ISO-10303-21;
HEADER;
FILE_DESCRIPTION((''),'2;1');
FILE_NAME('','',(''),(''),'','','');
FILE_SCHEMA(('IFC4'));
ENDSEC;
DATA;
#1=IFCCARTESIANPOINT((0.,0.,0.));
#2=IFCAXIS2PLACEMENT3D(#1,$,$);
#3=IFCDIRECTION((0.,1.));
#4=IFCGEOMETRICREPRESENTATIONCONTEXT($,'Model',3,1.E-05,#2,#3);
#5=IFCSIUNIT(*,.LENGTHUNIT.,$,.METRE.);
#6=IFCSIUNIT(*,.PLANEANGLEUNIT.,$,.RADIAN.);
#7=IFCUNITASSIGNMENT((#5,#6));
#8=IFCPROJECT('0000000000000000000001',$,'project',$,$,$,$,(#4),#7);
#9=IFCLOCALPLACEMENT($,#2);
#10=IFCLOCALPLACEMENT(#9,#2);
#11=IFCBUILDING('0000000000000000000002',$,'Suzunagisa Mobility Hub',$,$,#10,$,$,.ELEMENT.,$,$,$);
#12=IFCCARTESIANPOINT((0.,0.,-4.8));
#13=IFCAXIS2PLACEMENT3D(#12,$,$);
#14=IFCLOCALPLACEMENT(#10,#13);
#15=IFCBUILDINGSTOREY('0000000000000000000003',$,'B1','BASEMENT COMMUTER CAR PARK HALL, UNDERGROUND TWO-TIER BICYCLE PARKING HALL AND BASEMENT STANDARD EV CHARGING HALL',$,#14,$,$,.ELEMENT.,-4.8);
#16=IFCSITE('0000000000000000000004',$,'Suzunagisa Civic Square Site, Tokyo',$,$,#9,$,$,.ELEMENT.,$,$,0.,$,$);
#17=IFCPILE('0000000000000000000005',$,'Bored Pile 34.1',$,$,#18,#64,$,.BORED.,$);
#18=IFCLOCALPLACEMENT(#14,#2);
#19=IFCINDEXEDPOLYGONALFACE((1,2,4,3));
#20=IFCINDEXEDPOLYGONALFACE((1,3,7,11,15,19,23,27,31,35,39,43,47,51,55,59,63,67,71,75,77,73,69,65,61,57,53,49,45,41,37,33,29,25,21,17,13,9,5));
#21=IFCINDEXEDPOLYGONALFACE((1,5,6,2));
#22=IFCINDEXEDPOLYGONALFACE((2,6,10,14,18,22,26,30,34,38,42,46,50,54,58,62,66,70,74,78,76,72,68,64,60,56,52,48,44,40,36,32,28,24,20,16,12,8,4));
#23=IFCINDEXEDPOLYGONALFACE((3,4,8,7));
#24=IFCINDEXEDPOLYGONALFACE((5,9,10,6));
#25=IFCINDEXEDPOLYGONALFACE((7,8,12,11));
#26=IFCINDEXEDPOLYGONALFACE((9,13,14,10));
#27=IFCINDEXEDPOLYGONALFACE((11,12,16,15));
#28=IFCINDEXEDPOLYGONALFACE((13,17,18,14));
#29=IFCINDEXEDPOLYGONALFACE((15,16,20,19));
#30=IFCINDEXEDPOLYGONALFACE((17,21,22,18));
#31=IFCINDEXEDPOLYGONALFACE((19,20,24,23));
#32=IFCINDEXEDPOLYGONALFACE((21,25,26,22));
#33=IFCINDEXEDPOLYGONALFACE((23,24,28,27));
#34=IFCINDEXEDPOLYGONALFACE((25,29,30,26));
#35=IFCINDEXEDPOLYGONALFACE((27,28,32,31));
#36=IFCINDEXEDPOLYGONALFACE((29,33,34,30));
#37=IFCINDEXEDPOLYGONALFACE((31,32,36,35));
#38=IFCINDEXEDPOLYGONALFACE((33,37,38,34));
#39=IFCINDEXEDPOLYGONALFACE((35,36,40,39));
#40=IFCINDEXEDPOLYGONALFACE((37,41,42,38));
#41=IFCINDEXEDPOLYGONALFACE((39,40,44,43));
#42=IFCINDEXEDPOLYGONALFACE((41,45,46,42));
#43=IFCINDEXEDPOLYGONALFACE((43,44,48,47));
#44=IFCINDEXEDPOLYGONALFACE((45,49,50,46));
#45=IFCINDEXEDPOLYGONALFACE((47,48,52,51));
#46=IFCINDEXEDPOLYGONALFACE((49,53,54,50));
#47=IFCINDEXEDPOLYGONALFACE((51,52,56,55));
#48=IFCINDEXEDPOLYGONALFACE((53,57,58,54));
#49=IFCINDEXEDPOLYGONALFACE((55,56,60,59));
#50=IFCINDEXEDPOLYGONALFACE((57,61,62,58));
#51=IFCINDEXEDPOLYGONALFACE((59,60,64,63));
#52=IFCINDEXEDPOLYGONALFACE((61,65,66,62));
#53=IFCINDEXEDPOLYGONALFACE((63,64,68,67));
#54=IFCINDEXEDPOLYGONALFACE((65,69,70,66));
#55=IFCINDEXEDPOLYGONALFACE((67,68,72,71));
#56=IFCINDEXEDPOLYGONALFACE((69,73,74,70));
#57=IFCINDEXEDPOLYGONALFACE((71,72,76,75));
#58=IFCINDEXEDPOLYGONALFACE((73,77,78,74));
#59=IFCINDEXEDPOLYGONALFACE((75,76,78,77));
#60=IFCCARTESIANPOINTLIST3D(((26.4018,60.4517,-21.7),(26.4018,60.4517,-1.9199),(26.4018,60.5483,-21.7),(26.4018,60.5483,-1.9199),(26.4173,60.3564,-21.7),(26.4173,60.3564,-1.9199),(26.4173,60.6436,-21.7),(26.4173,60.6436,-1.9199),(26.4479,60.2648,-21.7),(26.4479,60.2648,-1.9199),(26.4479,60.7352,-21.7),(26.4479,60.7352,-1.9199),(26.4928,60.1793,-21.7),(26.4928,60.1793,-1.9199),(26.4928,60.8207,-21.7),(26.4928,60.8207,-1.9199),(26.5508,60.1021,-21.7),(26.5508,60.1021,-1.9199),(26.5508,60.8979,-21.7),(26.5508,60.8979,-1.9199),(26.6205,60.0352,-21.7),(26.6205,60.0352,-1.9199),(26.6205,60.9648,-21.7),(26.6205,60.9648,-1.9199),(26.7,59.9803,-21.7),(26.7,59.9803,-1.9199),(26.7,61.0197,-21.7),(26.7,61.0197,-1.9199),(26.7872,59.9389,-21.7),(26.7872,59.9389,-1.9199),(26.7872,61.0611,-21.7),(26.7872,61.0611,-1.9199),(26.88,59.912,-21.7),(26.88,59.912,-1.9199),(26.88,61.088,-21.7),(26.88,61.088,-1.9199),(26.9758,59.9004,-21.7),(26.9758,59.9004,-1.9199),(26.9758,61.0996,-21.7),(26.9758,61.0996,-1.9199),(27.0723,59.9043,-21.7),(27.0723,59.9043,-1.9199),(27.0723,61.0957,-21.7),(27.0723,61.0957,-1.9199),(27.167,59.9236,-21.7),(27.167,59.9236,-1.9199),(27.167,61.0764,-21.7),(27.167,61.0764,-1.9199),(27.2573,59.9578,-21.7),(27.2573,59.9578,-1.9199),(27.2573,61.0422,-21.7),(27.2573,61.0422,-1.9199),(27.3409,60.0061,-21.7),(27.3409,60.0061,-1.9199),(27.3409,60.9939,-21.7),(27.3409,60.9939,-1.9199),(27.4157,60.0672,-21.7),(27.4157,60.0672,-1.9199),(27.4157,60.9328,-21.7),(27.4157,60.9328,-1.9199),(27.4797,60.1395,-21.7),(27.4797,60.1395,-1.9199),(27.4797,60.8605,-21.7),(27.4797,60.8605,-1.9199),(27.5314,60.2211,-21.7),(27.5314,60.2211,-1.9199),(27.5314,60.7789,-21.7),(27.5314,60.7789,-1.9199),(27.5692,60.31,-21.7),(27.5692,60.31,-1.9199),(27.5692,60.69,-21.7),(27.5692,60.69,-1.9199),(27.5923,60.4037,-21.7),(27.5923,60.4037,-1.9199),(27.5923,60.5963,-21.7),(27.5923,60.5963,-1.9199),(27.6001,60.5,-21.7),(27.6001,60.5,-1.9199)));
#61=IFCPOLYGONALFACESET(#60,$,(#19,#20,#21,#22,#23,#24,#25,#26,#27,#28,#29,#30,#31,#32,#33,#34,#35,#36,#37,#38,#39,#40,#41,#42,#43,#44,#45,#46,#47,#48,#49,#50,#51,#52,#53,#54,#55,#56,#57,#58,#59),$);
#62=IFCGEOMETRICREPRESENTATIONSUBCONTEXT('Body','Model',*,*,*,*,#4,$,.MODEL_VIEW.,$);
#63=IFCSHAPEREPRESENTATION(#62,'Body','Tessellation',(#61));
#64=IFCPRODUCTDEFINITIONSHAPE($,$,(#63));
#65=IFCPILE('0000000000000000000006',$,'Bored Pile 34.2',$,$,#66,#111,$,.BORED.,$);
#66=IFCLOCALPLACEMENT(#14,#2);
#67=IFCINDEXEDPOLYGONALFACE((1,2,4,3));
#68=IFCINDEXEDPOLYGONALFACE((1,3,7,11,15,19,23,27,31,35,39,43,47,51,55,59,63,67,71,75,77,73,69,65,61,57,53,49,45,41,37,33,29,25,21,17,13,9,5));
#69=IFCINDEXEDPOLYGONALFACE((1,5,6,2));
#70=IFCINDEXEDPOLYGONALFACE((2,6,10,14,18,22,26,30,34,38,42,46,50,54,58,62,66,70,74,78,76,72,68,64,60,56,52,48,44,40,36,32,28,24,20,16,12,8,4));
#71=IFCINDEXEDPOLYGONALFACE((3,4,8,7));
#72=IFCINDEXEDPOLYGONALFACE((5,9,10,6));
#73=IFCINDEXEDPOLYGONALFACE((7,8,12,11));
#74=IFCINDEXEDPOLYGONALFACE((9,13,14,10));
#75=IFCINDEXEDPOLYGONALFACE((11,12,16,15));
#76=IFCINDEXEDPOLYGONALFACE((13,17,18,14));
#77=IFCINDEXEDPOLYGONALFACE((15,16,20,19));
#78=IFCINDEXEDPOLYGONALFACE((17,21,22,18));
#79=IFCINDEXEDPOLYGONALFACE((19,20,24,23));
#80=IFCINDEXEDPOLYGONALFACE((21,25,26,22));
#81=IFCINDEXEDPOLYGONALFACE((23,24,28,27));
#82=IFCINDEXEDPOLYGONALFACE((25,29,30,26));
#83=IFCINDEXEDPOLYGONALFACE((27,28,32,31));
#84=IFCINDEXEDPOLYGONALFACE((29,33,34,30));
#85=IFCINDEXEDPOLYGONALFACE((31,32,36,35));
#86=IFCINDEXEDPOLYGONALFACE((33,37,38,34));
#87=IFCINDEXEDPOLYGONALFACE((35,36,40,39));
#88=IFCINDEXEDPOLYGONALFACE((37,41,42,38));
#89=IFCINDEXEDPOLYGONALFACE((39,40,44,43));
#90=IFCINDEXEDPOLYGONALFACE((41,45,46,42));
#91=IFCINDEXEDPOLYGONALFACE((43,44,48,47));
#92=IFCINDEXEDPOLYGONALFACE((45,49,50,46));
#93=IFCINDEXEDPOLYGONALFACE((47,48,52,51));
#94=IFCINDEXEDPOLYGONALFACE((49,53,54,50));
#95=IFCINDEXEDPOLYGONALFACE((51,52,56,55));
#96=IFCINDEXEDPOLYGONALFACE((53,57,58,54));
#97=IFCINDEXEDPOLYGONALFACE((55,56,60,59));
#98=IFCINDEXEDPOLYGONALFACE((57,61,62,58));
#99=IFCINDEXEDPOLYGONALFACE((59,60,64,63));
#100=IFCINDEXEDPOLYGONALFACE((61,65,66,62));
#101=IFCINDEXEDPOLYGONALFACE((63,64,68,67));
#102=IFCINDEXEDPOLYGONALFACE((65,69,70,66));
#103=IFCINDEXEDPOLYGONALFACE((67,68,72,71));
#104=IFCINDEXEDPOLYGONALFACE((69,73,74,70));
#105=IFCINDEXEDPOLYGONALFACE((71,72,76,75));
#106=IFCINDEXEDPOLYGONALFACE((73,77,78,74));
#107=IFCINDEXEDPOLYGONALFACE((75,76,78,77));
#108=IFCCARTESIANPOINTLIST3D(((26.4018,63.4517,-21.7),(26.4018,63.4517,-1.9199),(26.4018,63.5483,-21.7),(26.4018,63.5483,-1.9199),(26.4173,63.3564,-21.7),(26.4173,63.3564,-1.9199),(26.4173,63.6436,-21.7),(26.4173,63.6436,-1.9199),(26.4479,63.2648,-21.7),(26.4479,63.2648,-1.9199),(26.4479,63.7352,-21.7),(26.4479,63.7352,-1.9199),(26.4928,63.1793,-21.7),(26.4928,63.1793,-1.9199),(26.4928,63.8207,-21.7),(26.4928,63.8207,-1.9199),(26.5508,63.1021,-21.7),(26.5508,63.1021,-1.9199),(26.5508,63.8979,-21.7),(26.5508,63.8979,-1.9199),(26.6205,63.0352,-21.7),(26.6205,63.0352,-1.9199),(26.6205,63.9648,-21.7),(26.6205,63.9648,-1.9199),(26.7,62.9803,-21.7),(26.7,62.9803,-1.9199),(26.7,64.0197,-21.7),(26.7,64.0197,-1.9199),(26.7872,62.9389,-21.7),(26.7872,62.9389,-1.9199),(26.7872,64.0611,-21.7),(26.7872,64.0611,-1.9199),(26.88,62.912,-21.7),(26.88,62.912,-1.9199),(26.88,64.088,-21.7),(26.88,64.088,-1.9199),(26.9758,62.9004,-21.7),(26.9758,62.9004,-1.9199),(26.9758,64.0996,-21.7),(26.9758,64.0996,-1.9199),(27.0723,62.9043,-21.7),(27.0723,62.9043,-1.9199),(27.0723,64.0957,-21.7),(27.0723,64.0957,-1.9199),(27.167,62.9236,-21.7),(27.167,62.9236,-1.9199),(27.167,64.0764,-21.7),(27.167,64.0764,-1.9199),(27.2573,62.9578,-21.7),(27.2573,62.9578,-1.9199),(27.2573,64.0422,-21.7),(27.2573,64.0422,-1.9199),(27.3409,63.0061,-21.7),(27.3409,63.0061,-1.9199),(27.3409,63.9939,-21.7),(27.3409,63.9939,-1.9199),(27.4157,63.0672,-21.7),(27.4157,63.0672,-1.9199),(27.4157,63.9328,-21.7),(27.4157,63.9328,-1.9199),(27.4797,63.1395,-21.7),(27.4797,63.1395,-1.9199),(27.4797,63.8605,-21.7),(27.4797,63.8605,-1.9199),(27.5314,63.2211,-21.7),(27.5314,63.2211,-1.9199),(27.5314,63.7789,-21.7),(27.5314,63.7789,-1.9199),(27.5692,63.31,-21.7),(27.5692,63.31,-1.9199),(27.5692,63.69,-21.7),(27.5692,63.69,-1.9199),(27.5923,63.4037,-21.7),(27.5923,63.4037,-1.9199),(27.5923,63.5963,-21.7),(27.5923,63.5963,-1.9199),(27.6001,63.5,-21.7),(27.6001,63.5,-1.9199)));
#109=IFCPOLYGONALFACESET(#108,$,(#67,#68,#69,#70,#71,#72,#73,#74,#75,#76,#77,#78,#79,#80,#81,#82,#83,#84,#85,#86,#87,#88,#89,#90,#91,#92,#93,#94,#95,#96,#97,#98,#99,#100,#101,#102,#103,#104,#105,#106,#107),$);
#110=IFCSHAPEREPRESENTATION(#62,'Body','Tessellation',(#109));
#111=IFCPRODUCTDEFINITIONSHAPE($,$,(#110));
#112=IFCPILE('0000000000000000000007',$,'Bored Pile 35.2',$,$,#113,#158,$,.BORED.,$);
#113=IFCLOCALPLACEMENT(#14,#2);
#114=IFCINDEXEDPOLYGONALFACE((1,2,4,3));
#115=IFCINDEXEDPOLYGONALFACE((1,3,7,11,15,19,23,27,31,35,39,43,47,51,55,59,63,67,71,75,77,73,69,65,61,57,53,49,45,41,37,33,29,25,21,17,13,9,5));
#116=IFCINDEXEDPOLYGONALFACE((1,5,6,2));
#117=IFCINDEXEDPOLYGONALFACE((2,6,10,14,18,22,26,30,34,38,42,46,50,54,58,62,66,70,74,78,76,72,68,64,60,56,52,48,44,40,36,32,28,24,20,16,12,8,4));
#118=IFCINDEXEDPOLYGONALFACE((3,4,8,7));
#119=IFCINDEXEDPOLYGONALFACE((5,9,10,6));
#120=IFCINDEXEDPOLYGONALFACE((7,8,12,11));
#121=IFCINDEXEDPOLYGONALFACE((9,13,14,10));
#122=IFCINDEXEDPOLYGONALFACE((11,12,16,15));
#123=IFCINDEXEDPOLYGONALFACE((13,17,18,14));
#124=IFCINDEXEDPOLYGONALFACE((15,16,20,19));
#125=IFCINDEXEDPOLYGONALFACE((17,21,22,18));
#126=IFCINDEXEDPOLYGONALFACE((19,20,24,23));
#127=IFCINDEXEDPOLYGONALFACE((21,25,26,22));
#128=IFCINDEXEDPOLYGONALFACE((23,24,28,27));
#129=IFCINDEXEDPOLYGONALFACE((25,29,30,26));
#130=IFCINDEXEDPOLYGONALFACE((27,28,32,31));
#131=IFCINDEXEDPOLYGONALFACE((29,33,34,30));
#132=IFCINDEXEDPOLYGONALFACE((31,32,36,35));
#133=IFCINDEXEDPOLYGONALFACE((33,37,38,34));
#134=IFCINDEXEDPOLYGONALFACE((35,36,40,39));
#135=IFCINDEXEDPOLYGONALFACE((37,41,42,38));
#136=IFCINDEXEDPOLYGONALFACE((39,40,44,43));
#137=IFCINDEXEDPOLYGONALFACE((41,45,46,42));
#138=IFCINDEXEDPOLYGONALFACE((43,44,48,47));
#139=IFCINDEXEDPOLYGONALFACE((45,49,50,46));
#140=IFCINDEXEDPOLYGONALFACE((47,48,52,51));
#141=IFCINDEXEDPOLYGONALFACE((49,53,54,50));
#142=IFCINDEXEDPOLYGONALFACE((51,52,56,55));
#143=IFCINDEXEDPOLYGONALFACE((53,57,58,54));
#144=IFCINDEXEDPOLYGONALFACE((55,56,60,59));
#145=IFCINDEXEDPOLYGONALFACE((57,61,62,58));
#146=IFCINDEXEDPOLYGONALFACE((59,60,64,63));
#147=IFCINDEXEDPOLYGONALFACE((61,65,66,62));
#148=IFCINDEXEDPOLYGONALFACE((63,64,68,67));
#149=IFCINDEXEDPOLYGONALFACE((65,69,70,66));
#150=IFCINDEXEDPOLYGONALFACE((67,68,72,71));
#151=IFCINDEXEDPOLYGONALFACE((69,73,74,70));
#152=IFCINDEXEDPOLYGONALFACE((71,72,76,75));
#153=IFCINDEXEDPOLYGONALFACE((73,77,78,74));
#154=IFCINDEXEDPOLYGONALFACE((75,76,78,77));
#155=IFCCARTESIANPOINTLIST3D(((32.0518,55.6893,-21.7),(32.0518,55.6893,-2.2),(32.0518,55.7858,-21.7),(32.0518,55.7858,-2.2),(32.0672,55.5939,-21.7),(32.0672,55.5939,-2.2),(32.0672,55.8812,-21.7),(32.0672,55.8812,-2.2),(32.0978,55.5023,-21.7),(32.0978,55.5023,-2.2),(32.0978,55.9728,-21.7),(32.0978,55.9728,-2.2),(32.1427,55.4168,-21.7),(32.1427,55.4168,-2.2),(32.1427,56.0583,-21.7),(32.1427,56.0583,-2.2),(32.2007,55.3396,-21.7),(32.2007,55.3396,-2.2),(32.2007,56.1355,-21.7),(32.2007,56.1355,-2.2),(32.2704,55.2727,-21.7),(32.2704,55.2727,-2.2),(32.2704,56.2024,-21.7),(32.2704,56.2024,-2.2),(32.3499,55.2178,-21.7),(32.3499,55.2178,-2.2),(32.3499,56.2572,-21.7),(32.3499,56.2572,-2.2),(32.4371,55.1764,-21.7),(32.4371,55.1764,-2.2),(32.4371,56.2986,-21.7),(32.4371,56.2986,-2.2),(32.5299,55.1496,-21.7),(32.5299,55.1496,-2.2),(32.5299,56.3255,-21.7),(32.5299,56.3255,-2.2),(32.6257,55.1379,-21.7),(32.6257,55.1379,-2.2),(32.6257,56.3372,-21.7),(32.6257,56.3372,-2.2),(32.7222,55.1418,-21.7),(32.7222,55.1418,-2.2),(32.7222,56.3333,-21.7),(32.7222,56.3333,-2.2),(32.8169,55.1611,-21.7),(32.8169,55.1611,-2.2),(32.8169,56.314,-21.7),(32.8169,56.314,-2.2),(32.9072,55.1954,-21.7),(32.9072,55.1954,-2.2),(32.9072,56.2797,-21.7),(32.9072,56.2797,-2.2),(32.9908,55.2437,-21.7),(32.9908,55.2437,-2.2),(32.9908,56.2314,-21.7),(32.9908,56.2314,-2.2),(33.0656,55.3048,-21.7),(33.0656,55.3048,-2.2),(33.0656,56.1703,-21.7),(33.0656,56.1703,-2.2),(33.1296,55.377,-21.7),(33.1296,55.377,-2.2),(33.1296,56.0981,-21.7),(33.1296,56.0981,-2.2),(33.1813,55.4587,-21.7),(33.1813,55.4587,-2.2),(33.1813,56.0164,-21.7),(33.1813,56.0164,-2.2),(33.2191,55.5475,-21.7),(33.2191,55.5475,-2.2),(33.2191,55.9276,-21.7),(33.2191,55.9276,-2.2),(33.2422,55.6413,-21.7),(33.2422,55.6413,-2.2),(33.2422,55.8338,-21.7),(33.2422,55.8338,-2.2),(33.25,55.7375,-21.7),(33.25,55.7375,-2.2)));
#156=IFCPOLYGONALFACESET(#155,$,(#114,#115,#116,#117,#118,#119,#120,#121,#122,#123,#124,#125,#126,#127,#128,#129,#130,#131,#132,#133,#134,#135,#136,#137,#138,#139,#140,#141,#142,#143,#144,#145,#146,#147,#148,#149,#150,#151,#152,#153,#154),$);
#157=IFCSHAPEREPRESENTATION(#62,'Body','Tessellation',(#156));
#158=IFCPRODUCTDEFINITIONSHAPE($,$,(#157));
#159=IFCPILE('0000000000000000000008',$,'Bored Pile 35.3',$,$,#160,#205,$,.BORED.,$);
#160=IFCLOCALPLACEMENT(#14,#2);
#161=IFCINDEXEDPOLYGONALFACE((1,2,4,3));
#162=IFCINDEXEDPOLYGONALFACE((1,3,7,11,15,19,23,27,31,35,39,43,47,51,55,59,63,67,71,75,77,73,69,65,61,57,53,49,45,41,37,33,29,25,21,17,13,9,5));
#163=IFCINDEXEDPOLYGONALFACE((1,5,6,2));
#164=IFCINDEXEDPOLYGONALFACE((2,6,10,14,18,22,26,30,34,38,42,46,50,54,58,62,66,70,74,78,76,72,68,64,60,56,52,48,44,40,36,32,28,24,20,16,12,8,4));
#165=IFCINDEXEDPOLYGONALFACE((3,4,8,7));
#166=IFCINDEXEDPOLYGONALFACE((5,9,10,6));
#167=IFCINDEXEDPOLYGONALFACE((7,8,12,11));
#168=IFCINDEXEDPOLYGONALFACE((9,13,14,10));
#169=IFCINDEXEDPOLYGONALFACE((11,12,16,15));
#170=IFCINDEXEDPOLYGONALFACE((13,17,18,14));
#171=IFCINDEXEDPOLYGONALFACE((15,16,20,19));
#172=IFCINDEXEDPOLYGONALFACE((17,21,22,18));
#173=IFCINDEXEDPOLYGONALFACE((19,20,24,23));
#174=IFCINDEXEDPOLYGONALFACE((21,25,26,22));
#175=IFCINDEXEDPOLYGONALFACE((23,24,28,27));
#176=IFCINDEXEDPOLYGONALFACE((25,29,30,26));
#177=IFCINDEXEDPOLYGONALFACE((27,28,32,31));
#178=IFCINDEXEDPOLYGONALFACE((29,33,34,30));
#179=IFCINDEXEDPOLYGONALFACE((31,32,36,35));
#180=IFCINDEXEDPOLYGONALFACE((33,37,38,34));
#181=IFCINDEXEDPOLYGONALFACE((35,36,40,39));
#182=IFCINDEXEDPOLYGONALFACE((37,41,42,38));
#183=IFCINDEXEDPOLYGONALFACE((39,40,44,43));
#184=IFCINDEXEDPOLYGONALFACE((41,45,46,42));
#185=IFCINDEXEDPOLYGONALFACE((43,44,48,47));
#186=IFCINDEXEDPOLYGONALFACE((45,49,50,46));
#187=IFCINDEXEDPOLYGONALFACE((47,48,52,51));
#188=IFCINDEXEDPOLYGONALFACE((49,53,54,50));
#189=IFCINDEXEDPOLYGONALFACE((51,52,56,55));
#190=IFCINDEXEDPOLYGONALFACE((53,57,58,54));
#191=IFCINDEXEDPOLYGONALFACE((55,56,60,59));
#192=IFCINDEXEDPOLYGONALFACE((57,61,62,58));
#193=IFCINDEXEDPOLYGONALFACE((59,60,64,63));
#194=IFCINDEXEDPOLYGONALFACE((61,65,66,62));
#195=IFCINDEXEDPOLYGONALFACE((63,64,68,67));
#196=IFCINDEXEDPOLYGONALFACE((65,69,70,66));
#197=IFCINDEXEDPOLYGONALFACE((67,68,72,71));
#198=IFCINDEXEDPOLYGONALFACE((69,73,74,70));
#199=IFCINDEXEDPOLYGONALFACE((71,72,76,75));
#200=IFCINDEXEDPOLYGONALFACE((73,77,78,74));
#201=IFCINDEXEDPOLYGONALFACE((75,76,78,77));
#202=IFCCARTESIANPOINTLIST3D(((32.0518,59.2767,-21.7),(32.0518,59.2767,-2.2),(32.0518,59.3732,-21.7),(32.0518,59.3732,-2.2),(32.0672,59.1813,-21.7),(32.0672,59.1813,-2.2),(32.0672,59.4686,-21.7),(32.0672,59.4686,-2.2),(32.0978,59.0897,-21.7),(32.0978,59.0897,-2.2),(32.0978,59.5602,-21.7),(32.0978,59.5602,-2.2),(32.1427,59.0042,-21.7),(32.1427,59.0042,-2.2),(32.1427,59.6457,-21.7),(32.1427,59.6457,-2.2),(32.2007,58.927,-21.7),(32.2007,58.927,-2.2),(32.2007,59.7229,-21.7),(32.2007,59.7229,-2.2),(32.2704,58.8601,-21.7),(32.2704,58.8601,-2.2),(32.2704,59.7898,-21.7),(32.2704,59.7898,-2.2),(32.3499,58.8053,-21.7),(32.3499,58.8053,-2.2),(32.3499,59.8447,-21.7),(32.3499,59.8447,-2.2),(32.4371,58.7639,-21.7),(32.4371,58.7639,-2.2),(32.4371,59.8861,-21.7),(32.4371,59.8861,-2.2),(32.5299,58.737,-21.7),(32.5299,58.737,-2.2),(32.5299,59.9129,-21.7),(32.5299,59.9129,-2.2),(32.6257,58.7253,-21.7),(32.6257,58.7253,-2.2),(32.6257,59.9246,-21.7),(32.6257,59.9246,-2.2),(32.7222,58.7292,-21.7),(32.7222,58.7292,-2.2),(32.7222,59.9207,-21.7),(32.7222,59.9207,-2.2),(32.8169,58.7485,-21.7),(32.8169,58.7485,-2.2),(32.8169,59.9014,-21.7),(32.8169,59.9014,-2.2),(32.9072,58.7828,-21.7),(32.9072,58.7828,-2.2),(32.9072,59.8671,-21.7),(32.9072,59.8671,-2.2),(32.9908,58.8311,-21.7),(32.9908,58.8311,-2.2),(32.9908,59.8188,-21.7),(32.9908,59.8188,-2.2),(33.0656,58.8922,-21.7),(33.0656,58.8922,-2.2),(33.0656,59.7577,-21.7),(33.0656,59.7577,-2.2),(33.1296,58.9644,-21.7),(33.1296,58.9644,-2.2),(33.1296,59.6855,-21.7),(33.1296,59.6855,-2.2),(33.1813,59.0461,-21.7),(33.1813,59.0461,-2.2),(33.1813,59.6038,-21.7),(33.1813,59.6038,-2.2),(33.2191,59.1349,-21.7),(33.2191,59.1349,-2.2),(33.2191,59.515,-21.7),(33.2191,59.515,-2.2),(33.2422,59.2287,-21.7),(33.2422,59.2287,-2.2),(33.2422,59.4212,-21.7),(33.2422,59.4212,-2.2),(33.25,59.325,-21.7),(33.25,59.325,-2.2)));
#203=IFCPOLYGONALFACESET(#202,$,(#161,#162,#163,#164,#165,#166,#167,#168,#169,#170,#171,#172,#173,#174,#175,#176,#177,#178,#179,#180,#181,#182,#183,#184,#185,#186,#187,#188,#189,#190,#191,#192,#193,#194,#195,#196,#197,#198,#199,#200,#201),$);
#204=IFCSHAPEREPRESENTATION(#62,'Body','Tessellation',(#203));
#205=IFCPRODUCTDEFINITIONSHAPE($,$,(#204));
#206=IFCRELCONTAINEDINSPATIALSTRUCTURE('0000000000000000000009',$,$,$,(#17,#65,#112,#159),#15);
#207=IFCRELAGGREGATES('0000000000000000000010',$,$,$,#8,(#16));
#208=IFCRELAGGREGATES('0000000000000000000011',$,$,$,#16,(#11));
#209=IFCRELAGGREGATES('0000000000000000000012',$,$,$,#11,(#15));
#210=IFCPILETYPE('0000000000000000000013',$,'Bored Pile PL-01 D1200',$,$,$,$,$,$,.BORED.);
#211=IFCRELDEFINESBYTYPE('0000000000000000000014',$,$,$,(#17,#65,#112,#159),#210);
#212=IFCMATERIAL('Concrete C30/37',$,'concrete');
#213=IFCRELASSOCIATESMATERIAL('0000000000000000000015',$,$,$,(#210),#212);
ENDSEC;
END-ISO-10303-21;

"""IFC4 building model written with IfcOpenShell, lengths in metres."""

from ifc_helpers import new_model, si_unit, direction, frame, origin, origin_2d, place, context, subcontext, project, spatial, circle, extrude, material, material_profile, profile_set, type_object, element, save


model = new_model("IFC4")

# Units and contexts
model_context = context("Model", 3, precision=1e-05, world=origin(), true_north=direction((0.0, 1.0)))
body_context = subcontext(model_context, "Body", "Model", "MODEL_VIEW")
ifc_project = project(units=[si_unit("LENGTHUNIT", "METRE"), si_unit("PLANEANGLEUNIT", "RADIAN")], contexts=[model_context])

# Site, building, storey
site_placement = place(None, origin())
site = spatial("IfcSite", under=ifc_project, at=site_placement, Name="Suzunagisa Civic Square Site, Tokyo", CompositionType="ELEMENT", RefElevation=0.0)
building_placement = place(site_placement, origin())
building = spatial("IfcBuilding", under=site, at=building_placement, Name="Suzunagisa Mobility Hub", CompositionType="ELEMENT")
storey_placement = place(building_placement, frame((0.0, 0.0, -4.8)))
storey = spatial("IfcBuildingStorey", under=building, at=storey_placement, Name="B1", Description="BASEMENT COMMUTER CAR PARK HALL, UNDERGROUND TWO-TIER BICYCLE PARKING HALL AND BASEMENT STANDARD EV CHARGING HALL", CompositionType="ELEMENT", Elevation=-4.8)

# Piles
ifc_material_1 = material(Name="Concrete C30/37", Category="concrete")
ifc_material_profile_1 = material_profile(ifc_material_1, circle(Radius=0.6001, at=origin_2d()), Name="BORED PILE D1200")
ifc_profile_set_1 = profile_set([ifc_material_profile_1], Name="Concrete C30/37")
pile_type = type_object("IfcPileType", Name="Bored Pile PL-01 D1200", PredefinedType="BORED", material=ifc_profile_set_1)
for number, where, z_axis, x_axis, name in (
    (1, (27.0, 60.5, -1.9199), (0.0, 0.0, -1.0), (1.0, 0.0, 0.0), "Bored Pile 34.1"),
    (2, (27.0, 63.5, -1.9199), (0.0, 0.0, -1.0), (1.0, 0.0, 0.0), "Bored Pile 34.2"),
):
    element("IfcPile", number, at=place(storey_placement, frame(where, z_axis=z_axis, x_axis=x_axis)), inside=storey, type_object=pile_type, Name=name, PredefinedType="BORED", context=body_context, shape_type="SweptSolid", body=[
        extrude(circle(Radius=0.6001, at=origin_2d()), origin(), (0.0, 0.0, 1.0), 19.78),
    ])
for number, where, z_axis, x_axis, name in (
    (3, (32.6499, 55.7375, -2.2), (0.0, 0.0, -1.0), (1.0, 0.0, 0.0), "Bored Pile 35.2"),
    (4, (32.6499, 59.325, -2.2), (0.0, 0.0, -1.0), (1.0, 0.0, 0.0), "Bored Pile 35.3"),
):
    element("IfcPile", number, at=place(storey_placement, frame(where, z_axis=z_axis, x_axis=x_axis)), inside=storey, type_object=pile_type, Name=name, PredefinedType="BORED", context=body_context, shape_type="SweptSolid", body=[
        extrude(circle(Radius=0.6001, at=origin_2d()), origin(), (0.0, 0.0, 1.0), 19.5),
    ])

save(model, "model.ifc")
